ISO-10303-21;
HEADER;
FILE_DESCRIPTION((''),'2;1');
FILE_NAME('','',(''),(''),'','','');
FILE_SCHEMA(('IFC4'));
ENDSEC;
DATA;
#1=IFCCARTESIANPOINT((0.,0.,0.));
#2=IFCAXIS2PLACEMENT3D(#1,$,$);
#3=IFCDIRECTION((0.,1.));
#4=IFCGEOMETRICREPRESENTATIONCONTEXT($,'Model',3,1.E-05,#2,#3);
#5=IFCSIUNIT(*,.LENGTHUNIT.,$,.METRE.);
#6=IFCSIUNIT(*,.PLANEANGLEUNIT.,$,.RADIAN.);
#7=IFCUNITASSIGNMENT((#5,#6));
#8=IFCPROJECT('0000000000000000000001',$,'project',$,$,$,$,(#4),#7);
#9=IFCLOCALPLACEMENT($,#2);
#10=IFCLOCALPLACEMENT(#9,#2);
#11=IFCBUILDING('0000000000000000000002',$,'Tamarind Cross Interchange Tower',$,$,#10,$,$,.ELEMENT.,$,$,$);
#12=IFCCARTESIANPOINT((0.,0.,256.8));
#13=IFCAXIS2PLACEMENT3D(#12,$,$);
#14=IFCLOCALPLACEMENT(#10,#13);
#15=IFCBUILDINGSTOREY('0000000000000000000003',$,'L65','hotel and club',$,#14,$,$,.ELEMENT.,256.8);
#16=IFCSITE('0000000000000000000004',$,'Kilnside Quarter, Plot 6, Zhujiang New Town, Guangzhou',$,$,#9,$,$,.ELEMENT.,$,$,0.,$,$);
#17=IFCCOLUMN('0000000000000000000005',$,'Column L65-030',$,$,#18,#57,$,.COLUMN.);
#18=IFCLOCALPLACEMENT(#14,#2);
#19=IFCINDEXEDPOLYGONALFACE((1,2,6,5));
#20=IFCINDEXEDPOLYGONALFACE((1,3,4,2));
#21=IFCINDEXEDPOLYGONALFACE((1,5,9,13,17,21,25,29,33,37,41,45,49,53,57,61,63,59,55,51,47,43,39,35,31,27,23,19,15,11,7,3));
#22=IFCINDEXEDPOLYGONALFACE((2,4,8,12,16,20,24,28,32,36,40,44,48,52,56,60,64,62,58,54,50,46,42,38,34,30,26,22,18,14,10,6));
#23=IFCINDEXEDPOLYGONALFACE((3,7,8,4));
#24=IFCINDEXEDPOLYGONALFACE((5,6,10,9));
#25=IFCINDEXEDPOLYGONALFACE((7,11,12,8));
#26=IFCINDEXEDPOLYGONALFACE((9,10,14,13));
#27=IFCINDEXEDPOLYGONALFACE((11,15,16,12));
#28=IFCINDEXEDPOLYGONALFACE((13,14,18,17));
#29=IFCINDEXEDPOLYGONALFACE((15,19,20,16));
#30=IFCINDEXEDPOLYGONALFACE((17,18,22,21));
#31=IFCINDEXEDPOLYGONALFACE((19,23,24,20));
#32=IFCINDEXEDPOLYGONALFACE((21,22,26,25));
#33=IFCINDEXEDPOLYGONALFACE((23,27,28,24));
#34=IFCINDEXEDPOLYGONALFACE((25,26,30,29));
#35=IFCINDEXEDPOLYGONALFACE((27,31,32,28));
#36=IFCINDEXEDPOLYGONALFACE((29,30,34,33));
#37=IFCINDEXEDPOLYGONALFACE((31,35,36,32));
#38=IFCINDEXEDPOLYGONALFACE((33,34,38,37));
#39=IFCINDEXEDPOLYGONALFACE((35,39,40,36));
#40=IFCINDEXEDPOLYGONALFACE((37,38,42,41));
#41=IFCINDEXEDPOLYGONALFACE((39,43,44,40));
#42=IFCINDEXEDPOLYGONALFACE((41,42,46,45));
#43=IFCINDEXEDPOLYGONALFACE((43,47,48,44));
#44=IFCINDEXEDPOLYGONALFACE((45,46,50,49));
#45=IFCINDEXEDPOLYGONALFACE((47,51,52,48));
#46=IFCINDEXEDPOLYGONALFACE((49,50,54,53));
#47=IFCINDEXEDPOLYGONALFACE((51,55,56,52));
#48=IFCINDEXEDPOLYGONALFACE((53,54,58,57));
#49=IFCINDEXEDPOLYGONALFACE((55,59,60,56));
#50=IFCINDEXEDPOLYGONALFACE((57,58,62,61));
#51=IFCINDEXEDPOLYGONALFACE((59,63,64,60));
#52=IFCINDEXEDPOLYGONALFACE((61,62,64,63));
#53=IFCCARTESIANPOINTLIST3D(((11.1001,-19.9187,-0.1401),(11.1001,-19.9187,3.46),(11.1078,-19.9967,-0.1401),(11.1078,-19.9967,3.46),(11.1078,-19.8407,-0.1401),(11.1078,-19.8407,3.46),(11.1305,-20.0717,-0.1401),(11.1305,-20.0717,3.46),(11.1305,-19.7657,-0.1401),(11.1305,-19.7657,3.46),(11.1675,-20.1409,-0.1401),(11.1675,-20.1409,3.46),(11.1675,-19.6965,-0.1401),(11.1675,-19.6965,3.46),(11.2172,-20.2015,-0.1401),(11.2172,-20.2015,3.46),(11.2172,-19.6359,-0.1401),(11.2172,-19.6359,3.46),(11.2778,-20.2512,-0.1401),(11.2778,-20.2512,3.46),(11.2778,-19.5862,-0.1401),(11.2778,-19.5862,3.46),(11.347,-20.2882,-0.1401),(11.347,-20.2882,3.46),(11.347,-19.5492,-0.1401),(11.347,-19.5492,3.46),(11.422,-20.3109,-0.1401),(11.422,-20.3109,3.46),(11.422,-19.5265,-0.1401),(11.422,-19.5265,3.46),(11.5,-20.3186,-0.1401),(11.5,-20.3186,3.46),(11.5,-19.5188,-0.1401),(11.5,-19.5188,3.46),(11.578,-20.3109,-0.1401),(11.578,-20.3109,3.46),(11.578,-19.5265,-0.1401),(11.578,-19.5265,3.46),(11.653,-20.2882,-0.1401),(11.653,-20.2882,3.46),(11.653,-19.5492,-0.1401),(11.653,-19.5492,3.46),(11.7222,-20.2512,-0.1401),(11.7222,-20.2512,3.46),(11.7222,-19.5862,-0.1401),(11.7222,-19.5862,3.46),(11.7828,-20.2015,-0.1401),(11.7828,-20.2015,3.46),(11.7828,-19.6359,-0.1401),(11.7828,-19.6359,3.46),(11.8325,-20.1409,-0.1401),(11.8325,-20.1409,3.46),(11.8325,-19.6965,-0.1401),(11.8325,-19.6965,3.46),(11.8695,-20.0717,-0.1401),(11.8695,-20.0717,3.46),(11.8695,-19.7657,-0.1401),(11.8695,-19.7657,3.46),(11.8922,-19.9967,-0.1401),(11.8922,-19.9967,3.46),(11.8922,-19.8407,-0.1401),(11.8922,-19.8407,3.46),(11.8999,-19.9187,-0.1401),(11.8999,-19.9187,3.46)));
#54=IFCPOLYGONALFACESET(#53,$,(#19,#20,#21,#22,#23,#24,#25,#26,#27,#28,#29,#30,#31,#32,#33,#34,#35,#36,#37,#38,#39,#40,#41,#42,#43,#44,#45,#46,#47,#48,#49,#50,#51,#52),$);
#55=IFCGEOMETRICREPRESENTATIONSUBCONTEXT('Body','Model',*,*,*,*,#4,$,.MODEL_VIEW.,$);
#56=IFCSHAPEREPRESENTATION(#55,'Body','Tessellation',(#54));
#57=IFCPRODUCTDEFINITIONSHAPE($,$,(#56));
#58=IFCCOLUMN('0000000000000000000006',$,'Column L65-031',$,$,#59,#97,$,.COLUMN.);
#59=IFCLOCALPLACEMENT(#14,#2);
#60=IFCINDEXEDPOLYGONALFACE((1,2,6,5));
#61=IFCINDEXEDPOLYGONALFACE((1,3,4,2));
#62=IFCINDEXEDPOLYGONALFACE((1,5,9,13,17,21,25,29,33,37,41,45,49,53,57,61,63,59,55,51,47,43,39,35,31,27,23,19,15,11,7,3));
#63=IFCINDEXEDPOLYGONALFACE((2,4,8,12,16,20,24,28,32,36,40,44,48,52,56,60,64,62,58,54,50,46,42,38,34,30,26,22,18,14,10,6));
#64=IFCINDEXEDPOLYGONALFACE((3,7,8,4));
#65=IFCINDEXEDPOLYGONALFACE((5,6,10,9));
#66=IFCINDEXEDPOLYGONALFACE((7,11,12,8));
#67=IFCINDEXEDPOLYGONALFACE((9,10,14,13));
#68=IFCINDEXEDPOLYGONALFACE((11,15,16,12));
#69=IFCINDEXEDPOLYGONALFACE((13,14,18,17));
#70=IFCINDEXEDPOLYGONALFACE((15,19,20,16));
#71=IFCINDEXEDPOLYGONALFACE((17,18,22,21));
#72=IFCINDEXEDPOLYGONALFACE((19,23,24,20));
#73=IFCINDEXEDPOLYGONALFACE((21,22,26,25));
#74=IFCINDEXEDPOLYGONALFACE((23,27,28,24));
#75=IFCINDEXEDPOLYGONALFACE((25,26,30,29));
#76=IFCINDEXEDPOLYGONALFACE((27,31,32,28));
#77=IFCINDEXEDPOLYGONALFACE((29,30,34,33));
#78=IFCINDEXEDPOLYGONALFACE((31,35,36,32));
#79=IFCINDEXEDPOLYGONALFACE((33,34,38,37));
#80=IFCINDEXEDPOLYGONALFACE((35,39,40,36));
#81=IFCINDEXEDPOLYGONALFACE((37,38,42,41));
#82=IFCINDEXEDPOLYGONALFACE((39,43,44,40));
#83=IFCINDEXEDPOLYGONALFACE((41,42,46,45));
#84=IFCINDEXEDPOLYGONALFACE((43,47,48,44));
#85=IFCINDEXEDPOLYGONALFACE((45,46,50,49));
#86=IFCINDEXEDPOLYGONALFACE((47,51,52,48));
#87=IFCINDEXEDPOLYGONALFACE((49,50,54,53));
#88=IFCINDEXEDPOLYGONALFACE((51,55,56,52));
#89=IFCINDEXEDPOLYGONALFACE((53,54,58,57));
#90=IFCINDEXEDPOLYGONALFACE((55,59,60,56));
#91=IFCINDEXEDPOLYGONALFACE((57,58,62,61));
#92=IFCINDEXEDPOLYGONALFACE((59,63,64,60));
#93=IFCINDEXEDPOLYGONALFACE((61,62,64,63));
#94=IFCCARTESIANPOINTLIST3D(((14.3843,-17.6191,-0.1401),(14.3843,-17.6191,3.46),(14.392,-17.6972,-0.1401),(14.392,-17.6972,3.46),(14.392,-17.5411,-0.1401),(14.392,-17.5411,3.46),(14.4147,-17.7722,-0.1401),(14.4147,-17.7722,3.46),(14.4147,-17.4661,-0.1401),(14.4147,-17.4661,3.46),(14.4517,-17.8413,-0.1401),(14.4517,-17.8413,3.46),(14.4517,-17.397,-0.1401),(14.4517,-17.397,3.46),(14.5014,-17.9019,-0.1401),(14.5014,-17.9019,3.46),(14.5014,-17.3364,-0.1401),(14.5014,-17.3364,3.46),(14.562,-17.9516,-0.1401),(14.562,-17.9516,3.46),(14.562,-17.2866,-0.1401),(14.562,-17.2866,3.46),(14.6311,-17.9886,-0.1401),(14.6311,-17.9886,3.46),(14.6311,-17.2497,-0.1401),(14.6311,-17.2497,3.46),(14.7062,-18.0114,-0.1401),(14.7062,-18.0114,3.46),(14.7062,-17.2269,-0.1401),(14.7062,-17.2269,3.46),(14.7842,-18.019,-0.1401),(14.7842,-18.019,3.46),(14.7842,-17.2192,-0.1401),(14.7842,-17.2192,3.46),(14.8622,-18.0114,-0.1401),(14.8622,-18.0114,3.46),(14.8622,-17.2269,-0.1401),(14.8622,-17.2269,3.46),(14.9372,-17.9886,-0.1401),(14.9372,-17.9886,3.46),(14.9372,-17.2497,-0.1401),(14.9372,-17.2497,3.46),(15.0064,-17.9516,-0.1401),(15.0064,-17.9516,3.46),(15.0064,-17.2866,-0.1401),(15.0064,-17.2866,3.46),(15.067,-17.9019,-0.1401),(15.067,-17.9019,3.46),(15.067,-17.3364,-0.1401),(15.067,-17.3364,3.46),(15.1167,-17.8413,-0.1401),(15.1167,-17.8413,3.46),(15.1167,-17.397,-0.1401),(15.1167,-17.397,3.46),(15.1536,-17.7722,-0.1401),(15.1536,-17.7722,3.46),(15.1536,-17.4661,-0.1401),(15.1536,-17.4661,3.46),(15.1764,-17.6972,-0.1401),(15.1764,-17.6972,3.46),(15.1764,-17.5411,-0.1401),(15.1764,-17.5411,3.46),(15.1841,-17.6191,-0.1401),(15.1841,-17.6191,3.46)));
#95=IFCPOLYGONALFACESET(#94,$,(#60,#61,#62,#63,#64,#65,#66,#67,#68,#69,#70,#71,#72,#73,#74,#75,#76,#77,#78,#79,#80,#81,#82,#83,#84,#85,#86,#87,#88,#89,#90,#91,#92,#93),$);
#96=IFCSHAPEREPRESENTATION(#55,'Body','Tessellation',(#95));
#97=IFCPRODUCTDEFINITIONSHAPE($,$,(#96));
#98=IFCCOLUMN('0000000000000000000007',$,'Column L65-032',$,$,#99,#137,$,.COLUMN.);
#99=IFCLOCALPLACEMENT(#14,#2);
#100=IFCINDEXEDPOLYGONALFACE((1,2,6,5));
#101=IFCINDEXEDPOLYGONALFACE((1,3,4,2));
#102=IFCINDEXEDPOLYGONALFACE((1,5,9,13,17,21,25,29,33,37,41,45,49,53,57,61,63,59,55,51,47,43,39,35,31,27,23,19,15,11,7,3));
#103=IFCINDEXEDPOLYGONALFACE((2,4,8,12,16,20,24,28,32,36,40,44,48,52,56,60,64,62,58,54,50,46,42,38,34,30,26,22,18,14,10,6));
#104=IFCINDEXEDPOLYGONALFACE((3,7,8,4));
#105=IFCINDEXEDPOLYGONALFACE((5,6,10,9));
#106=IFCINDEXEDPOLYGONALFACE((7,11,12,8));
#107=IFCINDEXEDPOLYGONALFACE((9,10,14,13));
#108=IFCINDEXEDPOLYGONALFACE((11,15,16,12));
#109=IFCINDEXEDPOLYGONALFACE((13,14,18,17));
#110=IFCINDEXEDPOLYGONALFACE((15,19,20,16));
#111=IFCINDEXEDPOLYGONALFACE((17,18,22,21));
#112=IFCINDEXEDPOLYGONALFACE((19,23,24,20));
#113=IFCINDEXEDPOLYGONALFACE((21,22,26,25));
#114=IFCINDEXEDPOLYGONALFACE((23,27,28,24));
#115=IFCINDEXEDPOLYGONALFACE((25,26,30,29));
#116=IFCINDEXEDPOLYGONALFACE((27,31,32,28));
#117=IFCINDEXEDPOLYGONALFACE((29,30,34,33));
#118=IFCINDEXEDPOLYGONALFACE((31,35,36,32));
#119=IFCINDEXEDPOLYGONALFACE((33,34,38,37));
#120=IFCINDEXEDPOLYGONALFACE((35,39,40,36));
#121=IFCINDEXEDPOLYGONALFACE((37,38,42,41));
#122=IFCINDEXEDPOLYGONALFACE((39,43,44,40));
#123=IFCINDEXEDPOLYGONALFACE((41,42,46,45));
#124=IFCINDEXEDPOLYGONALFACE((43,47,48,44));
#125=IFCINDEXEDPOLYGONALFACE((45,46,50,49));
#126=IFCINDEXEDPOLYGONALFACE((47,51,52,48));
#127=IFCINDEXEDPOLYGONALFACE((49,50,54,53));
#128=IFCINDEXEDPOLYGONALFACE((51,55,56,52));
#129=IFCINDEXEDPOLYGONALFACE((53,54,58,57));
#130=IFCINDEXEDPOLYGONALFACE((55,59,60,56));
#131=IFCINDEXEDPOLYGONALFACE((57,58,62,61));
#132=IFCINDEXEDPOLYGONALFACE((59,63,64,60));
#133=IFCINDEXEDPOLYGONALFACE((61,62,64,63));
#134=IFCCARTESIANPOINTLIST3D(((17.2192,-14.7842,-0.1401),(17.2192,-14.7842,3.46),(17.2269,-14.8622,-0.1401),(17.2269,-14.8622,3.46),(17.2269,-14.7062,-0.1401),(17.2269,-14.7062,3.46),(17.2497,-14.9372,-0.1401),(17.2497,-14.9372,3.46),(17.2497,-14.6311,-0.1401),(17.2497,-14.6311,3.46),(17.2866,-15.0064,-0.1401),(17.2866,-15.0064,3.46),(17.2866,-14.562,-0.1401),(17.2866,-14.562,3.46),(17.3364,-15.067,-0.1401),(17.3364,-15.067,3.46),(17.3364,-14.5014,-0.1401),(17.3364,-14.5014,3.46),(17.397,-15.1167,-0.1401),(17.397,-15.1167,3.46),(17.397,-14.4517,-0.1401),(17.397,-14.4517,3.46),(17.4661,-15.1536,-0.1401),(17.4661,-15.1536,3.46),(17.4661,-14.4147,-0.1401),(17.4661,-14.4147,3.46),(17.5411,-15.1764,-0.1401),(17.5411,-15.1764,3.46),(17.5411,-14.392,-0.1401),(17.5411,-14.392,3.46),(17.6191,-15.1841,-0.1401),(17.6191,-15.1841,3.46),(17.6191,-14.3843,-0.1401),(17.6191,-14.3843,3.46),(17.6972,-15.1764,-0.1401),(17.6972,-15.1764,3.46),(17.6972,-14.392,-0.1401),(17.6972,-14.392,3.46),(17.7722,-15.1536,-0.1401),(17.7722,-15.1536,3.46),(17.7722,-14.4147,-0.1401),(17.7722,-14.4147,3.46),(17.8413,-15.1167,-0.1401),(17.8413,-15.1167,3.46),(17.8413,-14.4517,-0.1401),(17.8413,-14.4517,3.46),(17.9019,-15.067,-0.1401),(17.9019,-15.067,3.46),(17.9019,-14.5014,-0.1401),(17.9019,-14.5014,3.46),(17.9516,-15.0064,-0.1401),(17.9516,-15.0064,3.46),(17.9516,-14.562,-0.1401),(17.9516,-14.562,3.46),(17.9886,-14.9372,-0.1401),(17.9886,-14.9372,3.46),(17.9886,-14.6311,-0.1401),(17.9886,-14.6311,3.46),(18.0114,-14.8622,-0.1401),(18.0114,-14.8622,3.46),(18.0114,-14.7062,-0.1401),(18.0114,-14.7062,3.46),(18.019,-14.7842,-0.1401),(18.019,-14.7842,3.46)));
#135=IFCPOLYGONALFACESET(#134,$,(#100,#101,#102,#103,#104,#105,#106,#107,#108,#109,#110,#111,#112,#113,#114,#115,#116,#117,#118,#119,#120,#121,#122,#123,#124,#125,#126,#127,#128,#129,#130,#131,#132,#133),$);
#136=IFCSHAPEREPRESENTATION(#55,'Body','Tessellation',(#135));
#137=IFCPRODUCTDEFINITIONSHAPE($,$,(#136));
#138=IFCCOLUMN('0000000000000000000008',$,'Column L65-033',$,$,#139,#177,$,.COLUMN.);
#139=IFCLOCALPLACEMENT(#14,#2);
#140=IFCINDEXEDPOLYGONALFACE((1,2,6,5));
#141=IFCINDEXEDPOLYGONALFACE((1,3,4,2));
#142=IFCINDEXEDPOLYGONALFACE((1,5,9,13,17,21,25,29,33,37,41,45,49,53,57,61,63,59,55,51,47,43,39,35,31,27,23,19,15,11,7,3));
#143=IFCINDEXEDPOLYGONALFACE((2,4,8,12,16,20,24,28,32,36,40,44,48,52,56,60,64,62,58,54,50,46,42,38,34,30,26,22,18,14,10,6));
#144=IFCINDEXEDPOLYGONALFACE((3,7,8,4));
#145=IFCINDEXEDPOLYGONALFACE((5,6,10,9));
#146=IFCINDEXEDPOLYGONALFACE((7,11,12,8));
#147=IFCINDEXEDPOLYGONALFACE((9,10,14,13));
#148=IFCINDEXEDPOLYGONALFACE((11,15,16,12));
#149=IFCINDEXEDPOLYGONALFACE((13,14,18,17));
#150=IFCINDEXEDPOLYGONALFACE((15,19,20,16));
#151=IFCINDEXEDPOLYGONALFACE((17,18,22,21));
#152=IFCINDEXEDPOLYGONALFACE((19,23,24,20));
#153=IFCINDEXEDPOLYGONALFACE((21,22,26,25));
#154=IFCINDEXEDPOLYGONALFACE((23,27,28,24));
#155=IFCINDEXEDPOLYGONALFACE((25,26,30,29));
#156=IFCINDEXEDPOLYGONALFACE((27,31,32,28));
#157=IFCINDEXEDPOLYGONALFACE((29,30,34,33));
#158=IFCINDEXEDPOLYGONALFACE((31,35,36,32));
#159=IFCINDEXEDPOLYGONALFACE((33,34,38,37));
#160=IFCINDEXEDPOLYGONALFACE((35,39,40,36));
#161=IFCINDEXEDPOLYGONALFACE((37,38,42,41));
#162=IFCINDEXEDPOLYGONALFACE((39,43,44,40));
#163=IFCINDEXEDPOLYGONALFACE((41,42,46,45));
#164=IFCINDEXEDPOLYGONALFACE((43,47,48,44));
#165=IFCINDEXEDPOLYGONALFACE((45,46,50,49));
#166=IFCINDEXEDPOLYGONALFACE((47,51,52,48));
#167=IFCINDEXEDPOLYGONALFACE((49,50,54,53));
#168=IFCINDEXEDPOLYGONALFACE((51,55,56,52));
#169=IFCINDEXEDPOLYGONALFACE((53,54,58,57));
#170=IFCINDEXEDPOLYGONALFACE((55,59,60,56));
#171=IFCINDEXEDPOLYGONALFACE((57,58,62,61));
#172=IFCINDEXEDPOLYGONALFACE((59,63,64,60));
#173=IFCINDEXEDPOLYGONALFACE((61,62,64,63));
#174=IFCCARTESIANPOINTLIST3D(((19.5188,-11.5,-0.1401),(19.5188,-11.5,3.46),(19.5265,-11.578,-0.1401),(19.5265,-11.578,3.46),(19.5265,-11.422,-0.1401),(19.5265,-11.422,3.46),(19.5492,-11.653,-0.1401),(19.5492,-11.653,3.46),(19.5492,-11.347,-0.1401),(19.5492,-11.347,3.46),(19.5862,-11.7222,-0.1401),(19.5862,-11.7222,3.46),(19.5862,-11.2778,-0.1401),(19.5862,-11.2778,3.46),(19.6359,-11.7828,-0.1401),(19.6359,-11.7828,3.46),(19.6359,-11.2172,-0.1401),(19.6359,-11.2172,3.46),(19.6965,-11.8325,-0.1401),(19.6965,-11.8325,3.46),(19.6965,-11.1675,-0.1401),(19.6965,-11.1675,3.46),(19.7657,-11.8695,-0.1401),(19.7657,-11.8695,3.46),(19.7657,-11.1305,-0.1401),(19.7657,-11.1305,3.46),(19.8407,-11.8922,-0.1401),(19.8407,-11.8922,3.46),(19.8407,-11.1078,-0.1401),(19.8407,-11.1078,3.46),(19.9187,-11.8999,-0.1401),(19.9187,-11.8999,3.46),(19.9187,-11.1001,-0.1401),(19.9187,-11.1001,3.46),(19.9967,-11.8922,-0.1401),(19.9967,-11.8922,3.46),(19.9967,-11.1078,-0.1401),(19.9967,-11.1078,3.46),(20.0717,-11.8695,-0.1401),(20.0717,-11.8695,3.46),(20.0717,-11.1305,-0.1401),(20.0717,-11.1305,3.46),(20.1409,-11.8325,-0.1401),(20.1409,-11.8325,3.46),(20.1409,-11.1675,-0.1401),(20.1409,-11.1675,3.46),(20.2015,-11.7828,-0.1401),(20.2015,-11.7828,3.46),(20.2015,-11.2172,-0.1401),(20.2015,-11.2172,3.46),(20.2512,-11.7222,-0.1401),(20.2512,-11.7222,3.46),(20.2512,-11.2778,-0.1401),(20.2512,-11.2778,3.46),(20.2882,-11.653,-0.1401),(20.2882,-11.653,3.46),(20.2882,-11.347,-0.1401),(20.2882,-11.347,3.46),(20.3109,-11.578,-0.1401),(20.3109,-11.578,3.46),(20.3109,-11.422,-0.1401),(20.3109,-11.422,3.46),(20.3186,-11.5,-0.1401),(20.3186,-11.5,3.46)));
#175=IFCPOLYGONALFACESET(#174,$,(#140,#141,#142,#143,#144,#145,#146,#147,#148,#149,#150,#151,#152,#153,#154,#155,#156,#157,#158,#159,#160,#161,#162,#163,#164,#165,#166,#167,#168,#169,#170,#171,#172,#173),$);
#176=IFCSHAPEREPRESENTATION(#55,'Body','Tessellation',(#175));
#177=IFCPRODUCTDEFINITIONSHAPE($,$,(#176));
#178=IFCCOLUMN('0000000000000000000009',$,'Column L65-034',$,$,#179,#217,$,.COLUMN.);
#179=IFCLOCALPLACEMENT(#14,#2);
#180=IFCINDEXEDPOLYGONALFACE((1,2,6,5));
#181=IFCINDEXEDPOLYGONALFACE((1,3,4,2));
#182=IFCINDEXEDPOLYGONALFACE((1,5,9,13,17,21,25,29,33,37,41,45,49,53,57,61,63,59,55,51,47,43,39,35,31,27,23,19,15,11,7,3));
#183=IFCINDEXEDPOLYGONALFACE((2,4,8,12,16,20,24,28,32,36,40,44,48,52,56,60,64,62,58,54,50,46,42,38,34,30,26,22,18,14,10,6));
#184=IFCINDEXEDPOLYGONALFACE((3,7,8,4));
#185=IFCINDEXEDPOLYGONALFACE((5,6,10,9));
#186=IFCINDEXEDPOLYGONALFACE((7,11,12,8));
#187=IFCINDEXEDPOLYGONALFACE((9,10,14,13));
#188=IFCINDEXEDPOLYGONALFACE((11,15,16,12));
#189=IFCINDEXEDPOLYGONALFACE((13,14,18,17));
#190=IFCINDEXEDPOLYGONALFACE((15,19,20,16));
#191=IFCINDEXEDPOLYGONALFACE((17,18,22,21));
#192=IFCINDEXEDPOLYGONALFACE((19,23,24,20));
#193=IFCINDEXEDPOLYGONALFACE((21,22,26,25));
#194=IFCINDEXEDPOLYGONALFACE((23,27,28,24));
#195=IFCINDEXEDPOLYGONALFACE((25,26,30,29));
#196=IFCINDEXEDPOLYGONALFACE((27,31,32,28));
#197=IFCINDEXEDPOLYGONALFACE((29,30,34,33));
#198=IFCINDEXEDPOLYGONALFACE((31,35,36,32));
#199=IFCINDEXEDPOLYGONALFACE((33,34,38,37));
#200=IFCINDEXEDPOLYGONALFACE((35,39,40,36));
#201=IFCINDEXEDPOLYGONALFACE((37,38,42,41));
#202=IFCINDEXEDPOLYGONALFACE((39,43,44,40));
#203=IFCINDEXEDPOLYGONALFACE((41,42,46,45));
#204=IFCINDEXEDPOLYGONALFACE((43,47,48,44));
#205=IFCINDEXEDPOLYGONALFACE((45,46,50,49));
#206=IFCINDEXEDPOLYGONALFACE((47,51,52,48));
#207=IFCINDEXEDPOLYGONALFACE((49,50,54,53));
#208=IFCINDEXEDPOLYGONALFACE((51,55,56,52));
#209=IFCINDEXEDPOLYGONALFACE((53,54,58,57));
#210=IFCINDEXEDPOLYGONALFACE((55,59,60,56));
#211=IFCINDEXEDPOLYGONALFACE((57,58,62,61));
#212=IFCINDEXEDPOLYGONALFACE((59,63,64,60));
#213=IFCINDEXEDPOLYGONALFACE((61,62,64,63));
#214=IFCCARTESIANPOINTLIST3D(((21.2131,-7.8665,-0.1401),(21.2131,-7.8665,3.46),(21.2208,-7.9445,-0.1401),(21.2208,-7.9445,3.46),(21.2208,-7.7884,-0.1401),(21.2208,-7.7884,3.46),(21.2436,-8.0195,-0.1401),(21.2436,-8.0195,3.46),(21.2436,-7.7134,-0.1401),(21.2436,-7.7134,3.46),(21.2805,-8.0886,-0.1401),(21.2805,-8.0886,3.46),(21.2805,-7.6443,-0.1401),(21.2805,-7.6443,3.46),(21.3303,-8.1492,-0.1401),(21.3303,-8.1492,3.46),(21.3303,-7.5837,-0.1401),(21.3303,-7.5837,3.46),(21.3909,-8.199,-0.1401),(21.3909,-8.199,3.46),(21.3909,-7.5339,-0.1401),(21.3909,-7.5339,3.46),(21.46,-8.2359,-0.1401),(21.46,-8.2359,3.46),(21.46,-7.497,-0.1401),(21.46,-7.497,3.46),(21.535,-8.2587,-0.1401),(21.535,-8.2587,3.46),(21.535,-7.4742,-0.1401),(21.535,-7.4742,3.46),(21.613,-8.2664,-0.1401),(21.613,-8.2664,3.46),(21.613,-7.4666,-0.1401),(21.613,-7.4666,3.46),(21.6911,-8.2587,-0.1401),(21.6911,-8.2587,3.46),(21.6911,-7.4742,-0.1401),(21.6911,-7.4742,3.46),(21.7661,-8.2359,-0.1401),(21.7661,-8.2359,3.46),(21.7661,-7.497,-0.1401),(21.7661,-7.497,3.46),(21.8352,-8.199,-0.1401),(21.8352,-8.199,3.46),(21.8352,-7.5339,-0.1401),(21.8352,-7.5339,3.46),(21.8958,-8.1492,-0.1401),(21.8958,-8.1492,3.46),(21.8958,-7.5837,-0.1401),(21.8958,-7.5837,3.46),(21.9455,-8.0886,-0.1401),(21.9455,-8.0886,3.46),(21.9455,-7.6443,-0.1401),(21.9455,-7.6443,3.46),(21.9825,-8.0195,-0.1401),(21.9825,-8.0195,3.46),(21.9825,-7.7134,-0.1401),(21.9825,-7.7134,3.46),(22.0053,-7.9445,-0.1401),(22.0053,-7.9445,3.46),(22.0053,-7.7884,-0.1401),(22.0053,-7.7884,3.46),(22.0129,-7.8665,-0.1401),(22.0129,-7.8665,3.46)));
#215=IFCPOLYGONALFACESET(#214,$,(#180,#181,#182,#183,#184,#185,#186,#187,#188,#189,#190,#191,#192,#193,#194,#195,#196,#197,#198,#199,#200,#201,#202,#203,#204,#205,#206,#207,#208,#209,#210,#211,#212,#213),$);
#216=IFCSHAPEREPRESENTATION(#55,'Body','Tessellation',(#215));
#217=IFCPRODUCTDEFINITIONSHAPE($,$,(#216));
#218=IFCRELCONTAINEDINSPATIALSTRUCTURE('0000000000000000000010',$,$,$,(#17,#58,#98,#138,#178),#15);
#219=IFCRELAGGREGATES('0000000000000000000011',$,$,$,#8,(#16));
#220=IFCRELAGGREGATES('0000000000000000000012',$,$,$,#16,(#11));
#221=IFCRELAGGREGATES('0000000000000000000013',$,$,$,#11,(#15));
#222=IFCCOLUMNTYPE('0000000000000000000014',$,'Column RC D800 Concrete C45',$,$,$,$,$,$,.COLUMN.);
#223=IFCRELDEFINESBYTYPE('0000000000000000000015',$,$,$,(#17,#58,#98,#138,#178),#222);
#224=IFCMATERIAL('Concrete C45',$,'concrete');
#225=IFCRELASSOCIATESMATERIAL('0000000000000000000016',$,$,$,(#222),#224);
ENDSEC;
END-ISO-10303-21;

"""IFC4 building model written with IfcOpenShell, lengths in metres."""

from ifc_helpers import new_model, si_unit, direction, frame, origin, origin_2d, place, context, subcontext, project, spatial, circle, extrude, material, material_profile, profile_set, type_object, element, save


model = new_model("IFC4")

# Units and contexts
model_context = context("Model", 3, precision=1e-05, world=origin(), true_north=direction((0.0, 1.0)))
body_context = subcontext(model_context, "Body", "Model", "MODEL_VIEW")
ifc_project = project(units=[si_unit("LENGTHUNIT", "METRE"), si_unit("PLANEANGLEUNIT", "RADIAN")], contexts=[model_context])

# Site, building, storey
site_placement = place(None, origin())
site = spatial("IfcSite", under=ifc_project, at=site_placement, Name="Kilnside Quarter, Plot 6, Zhujiang New Town, Guangzhou", CompositionType="ELEMENT", RefElevation=0.0)
building_placement = place(site_placement, origin())
building = spatial("IfcBuilding", under=site, at=building_placement, Name="Tamarind Cross Interchange Tower", CompositionType="ELEMENT")
storey_placement = place(building_placement, frame((0.0, 0.0, 256.8)))
storey = spatial("IfcBuildingStorey", under=building, at=storey_placement, Name="L65", Description="hotel and club", CompositionType="ELEMENT", Elevation=256.8)

# Columns
ifc_material_1 = material(Name="Concrete C45", Category="concrete")
ifc_material_profile_1 = material_profile(ifc_material_1, circle(Radius=0.3999, at=origin_2d()), Name="RC D800")
ifc_profile_set_1 = profile_set([ifc_material_profile_1], Name="Concrete C45")
column_type = type_object("IfcColumnType", Name="Column RC D800 Concrete C45", PredefinedType="COLUMN", material=ifc_profile_set_1)
for number, where, z_axis, x_axis, name in (
    (1, (11.5, -19.9187, -0.1401), (0.0, 0.0, 1.0), (1.0, 0.0, 0.0), "Column L65-030"),
    (2, (14.7842, -17.6191, -0.1401), (0.0, 0.0, 1.0), (1.0, 0.0, 0.0), "Column L65-031"),
    (3, (17.6191, -14.7842, -0.1401), (0.0, 0.0, 1.0), (1.0, 0.0, 0.0), "Column L65-032"),
    (4, (19.9187, -11.5, -0.1401), (0.0, 0.0, 1.0), (1.0, 0.0, 0.0), "Column L65-033"),
    (5, (21.613, -7.8665, -0.1401), (0.0, 0.0, 1.0), (1.0, 0.0, 0.0), "Column L65-034"),
):
    element("IfcColumn", number, at=place(storey_placement, frame(where, z_axis=z_axis, x_axis=x_axis)), inside=storey, type_object=column_type, Name=name, PredefinedType="COLUMN", context=body_context, shape_type="SweptSolid", body=[
        extrude(circle(Radius=0.3999, at=origin_2d()), origin(), (0.0, 0.0, 1.0), 3.6001),
    ])

save(model, "model.ifc")
